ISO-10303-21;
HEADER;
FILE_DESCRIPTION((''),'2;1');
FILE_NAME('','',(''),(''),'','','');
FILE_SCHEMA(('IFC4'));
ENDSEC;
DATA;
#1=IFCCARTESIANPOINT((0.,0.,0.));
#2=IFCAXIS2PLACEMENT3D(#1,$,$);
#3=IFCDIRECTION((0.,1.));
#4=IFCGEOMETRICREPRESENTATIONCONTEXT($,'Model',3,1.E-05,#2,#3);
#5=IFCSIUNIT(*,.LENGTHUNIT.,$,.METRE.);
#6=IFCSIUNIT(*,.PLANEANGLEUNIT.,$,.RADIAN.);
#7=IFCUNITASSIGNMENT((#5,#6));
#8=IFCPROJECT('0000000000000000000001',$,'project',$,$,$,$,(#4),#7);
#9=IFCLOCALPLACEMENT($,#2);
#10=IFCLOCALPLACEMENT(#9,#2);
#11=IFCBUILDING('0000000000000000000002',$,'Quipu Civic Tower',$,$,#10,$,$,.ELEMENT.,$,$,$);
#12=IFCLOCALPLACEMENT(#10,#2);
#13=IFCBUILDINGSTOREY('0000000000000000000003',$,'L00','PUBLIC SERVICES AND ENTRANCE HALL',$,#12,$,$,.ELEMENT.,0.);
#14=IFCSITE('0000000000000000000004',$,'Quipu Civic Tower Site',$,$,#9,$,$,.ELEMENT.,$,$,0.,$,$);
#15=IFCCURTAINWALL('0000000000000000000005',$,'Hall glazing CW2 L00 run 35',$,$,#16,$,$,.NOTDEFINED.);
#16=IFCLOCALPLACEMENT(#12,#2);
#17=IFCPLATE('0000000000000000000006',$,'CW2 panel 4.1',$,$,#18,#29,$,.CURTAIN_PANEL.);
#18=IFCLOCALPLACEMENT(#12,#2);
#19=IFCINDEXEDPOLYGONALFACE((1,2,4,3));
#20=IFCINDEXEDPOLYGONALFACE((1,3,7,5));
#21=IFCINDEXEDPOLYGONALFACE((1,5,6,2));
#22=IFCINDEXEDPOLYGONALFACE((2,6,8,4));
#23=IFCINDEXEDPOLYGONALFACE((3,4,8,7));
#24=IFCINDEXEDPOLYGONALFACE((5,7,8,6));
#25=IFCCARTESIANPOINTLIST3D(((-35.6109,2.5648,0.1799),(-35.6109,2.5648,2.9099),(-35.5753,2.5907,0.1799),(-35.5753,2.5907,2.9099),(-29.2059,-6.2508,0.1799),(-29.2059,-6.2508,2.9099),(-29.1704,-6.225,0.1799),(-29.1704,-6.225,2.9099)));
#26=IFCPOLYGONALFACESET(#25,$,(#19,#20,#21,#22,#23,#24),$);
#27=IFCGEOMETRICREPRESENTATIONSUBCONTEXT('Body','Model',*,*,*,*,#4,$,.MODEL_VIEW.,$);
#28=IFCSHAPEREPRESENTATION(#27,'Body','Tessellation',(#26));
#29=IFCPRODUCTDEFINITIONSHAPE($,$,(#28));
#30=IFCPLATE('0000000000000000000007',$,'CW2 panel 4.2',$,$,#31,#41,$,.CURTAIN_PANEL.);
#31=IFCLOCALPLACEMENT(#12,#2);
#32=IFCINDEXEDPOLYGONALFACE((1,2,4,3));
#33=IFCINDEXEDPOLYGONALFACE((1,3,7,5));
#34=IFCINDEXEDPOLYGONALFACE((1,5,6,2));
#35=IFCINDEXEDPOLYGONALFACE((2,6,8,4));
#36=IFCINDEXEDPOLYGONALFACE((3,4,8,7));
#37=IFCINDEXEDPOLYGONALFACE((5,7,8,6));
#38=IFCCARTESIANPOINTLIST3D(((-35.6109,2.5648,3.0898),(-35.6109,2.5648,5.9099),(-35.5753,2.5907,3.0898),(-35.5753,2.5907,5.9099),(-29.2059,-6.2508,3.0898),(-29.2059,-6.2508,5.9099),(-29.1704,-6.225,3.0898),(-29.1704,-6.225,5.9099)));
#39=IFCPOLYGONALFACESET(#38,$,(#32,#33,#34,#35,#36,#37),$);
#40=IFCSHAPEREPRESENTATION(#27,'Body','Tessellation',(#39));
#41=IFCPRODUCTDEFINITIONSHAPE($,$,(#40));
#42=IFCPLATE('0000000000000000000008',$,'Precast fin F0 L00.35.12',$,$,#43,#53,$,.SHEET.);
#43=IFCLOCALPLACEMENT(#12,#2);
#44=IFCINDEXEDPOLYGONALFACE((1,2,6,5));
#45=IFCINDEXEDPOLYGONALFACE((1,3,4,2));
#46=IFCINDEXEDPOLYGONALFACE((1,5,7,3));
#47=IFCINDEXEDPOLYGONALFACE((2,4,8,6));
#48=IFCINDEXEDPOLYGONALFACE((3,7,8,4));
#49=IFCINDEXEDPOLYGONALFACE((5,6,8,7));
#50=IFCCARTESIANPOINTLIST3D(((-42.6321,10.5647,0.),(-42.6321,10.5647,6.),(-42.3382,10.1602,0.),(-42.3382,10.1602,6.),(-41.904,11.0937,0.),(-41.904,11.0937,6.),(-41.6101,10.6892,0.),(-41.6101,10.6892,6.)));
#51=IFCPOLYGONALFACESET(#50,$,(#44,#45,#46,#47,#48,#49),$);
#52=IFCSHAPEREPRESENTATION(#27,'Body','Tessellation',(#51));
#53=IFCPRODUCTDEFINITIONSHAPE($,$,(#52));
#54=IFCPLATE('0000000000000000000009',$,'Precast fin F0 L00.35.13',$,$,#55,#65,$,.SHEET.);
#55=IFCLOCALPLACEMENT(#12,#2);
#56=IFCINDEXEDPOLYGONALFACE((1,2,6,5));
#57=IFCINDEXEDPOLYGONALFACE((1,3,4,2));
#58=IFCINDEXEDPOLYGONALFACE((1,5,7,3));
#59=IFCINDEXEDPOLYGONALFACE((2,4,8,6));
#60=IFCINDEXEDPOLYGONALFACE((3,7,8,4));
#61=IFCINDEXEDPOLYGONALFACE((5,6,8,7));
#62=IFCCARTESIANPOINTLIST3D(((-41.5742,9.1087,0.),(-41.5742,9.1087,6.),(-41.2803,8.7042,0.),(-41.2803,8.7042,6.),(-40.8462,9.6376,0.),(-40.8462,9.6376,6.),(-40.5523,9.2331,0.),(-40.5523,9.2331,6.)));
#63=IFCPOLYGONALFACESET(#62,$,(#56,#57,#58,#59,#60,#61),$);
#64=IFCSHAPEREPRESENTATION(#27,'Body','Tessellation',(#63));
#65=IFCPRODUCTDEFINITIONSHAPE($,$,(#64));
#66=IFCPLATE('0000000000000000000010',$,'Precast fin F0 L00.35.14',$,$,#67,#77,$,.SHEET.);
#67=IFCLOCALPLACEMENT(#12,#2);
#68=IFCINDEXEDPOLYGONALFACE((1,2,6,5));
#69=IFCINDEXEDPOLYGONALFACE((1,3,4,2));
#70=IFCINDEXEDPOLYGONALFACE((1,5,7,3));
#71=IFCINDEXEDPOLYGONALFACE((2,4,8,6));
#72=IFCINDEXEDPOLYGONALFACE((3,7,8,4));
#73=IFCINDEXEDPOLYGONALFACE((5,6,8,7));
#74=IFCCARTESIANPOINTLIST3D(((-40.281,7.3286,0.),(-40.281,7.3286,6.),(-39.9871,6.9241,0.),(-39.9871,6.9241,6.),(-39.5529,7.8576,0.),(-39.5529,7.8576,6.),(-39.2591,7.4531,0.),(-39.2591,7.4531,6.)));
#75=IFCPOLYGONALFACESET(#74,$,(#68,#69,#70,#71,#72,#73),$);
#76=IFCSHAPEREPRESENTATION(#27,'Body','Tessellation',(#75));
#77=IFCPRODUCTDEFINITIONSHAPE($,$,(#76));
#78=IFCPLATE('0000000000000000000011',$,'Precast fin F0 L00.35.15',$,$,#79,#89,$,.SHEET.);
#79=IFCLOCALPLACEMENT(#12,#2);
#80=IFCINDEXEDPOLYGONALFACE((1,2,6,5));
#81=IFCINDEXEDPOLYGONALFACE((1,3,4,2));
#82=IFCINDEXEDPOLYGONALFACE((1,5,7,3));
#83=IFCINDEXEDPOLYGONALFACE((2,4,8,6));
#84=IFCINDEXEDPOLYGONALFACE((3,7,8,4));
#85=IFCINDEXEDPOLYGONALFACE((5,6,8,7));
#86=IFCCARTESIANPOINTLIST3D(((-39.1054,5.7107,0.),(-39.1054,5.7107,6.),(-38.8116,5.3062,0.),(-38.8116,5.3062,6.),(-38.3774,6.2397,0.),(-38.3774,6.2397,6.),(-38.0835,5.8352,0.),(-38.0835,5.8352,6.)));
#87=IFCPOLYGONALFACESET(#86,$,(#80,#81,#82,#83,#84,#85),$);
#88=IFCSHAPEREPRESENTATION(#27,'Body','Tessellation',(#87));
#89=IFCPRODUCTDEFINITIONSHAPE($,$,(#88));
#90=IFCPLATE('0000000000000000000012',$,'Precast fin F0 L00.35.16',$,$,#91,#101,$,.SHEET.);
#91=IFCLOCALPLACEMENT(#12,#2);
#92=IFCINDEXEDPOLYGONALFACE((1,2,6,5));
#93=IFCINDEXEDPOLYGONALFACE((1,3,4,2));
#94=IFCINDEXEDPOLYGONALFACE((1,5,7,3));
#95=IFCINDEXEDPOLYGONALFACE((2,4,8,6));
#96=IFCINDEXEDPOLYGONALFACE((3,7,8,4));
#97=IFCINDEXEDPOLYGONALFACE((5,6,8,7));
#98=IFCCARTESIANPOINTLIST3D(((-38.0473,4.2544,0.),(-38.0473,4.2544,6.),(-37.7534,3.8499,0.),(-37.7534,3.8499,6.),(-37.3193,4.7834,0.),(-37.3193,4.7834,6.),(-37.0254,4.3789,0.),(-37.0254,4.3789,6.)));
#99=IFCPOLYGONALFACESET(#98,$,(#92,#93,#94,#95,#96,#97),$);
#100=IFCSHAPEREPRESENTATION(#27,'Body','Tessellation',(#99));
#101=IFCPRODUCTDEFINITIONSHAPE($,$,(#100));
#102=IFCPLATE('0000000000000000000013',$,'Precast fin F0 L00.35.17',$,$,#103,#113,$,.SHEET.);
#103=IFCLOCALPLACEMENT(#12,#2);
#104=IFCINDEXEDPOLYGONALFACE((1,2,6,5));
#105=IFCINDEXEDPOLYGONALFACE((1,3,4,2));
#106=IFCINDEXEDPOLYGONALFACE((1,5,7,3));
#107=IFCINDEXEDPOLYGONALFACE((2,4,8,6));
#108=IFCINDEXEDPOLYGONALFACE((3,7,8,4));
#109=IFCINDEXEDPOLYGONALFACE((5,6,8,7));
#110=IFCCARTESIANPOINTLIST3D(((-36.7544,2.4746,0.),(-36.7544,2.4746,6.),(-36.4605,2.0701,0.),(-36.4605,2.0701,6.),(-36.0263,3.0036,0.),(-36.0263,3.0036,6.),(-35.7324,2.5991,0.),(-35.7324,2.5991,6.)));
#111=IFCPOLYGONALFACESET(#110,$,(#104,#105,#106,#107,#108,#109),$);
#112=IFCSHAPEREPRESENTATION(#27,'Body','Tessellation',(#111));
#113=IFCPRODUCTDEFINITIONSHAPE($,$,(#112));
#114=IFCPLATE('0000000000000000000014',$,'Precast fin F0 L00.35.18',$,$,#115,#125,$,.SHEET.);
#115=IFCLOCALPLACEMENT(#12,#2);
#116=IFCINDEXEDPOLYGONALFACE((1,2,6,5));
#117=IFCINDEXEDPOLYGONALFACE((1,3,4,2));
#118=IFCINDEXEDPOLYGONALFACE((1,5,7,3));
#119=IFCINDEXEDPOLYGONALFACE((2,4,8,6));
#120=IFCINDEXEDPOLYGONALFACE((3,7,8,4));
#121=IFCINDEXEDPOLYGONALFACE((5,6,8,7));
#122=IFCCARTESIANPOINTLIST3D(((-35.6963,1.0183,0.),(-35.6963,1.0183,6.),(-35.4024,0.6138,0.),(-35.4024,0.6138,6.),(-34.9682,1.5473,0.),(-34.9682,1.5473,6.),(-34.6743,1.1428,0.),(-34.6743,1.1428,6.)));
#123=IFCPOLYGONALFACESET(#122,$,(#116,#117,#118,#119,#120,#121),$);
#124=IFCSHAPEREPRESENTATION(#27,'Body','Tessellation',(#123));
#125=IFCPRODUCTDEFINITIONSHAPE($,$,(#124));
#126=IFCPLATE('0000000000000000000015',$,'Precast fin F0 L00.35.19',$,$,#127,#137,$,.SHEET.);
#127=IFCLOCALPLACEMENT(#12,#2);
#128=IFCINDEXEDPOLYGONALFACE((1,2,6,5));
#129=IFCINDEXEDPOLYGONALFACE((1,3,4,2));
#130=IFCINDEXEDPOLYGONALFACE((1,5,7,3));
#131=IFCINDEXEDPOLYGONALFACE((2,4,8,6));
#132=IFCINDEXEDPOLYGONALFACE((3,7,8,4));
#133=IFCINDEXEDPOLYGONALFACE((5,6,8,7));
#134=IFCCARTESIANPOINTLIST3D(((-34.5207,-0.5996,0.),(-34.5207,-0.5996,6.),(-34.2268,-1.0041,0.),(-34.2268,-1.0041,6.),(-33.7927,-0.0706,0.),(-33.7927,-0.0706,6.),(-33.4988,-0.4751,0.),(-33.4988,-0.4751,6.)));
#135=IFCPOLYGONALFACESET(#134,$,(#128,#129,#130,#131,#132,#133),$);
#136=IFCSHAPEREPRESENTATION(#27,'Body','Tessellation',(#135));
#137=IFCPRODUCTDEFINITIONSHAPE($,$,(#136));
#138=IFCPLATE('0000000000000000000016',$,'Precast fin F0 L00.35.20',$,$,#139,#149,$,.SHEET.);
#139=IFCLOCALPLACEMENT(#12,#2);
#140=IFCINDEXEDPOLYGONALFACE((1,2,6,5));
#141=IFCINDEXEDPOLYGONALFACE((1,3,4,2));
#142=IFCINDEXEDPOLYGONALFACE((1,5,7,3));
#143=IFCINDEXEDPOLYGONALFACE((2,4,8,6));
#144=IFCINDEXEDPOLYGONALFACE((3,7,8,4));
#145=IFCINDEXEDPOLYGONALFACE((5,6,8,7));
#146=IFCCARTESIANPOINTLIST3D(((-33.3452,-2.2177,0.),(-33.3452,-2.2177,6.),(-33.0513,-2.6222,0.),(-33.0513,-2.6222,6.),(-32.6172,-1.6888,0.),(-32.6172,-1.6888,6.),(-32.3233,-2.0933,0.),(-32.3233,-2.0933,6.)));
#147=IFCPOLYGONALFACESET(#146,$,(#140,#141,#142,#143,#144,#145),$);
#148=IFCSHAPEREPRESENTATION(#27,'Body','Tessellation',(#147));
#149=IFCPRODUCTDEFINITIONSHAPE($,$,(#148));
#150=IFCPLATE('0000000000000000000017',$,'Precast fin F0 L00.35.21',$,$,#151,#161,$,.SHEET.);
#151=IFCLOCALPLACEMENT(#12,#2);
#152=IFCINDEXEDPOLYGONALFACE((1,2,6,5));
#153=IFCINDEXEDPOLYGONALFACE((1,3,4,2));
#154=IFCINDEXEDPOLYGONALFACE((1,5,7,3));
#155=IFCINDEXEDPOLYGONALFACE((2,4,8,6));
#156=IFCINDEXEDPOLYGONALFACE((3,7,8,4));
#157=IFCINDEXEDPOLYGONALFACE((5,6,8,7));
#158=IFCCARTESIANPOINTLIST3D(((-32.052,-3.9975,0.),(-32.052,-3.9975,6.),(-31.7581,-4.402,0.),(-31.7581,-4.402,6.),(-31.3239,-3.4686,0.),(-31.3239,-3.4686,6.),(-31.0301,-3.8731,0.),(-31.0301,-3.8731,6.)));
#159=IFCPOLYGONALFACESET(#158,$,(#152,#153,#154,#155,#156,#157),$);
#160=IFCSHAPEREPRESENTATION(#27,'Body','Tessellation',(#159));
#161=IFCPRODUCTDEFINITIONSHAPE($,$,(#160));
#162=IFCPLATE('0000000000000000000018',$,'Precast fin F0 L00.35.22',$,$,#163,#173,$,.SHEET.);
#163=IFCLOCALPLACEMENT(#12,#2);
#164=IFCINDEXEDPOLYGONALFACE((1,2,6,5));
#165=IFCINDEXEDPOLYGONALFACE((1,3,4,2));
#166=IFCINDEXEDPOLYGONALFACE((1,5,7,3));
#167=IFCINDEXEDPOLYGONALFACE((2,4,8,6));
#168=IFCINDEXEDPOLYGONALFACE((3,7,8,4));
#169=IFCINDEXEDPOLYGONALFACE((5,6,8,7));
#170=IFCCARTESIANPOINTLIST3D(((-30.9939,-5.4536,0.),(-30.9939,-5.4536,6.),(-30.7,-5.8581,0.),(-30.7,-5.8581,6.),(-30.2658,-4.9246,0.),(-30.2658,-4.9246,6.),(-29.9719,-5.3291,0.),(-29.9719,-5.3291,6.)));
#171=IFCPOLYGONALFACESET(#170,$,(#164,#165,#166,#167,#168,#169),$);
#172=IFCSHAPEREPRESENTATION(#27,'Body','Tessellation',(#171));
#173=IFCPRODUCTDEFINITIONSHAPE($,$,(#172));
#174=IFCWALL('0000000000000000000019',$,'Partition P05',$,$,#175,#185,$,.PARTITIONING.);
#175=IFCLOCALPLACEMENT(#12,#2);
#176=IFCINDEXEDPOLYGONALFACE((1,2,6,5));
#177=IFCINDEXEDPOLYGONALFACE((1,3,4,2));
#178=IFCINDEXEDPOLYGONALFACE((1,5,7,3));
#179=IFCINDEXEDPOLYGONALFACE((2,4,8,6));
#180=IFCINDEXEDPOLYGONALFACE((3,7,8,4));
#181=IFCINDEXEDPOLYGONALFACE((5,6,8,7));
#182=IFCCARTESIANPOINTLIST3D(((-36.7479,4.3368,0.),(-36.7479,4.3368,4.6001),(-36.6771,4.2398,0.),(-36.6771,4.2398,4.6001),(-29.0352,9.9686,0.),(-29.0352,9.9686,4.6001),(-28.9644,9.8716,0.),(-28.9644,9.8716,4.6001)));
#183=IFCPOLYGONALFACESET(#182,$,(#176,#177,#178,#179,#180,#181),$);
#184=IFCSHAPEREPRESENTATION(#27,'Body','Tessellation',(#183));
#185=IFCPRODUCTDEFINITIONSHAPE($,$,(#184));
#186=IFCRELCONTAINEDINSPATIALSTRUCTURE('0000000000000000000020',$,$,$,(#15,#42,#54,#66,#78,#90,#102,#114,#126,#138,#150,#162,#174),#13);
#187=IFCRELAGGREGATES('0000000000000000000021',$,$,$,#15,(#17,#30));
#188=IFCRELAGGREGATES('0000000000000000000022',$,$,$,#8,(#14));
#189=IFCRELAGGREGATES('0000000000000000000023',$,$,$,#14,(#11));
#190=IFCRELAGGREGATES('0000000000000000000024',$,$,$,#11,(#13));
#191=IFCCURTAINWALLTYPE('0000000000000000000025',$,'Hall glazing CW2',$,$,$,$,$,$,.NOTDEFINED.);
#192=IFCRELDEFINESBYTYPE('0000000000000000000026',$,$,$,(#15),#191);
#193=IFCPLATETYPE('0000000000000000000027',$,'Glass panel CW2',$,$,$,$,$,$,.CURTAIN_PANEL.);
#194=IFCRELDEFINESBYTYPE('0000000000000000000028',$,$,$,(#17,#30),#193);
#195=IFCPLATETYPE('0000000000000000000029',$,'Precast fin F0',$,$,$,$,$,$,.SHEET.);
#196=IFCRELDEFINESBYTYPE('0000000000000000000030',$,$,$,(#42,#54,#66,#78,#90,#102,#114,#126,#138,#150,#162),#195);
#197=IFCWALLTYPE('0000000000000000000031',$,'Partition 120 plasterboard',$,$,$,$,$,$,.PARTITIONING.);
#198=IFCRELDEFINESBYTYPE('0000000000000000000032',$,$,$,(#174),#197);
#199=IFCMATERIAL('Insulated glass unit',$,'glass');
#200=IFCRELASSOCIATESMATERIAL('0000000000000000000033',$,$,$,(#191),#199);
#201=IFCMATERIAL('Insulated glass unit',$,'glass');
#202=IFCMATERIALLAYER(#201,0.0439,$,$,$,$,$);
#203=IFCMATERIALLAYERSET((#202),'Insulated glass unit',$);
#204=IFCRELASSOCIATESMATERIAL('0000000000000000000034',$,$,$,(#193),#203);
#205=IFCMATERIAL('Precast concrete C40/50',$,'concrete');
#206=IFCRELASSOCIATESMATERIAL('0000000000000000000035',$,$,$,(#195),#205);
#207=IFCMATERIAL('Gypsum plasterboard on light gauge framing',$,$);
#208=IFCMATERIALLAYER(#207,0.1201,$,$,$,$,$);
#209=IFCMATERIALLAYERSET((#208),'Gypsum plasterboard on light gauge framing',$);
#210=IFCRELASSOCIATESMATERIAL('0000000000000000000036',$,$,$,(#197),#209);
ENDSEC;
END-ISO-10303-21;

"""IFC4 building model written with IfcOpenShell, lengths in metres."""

from ifc_helpers import new_model, si_unit, direction, frame, frame_2d, origin, origin_2d, place, context, subcontext, project, spatial, rectangle, extrude, material, layer, layer_set, type_object, element, aggregate, save


model = new_model("IFC4")

# Units and contexts
model_context = context("Model", 3, precision=1e-05, world=origin(), true_north=direction((0.0, 1.0)))
body_context = subcontext(model_context, "Body", "Model", "MODEL_VIEW")
ifc_project = project(units=[si_unit("LENGTHUNIT", "METRE"), si_unit("PLANEANGLEUNIT", "RADIAN")], contexts=[model_context])

# Site, building, storey
site_placement = place(None, origin())
site = spatial("IfcSite", under=ifc_project, at=site_placement, Name="Quipu Civic Tower Site", CompositionType="ELEMENT", RefElevation=0.0)
building_placement = place(site_placement, origin())
building = spatial("IfcBuilding", under=site, at=building_placement, Name="Quipu Civic Tower", CompositionType="ELEMENT")
storey_placement = place(building_placement, origin())
storey = spatial("IfcBuildingStorey", under=building, at=storey_placement, Name="L00", Description="PUBLIC SERVICES AND ENTRANCE HALL", CompositionType="ELEMENT", Elevation=0.0)

# Curtain wall
ifc_material_1 = material(Name="Insulated glass unit", Category="glass")
curtain_wall_type = type_object("IfcCurtainWallType", Name="Hall glazing CW2", PredefinedType="NOTDEFINED", material=ifc_material_1)
curtain_wall_placement = place(storey_placement, origin())
curtain_wall = element("IfcCurtainWall", 1, at=curtain_wall_placement, inside=storey, type_object=curtain_wall_type, Name="Hall glazing CW2 L00 run 35", PredefinedType="NOTDEFINED")

# Plates
ifc_material_2 = material(Name="Insulated glass unit", Category="glass")
ifc_layer_1 = layer(ifc_material_2, 0.0439)
ifc_layer_set_1 = layer_set([ifc_layer_1], Name="Insulated glass unit")
plate_type_1 = type_object("IfcPlateType", Name="Glass panel CW2", PredefinedType="CURTAIN_PANEL", material=ifc_layer_set_1)
plate_1_placement = place(storey_placement, frame((-32.3906, -1.8301, 0.1799), z_axis=(0.0, 0.0, 1.0), x_axis=(0.587784, -0.809018, 0.0)))
plate_1 = element("IfcPlate", 2, at=plate_1_placement, type_object=plate_type_1, Name="CW2 panel 4.1", PredefinedType="CURTAIN_PANEL", context=body_context, shape_type="SweptSolid", body=[
    extrude(rectangle(XDim=10.8967, YDim=0.0439, at=origin_2d()), origin(), (0.0, 0.0, 1.0), 2.73),
])
plate_2_placement = place(storey_placement, frame((-32.3906, -1.8301, 3.0898), z_axis=(0.0, 0.0, 1.0), x_axis=(0.587784, -0.809018, 0.0)))
plate_2 = element("IfcPlate", 3, at=plate_2_placement, type_object=plate_type_1, Name="CW2 panel 4.2", PredefinedType="CURTAIN_PANEL", context=body_context, shape_type="SweptSolid", body=[
    extrude(rectangle(XDim=10.8967, YDim=0.0439, at=origin_2d()), origin(), (0.0, 0.0, 1.0), 2.8201),
])
aggregate(curtain_wall, [plate_1, plate_2])

# Plates
ifc_material_3 = material(Name="Precast concrete C40/50", Category="concrete")
plate_type_2 = type_object("IfcPlateType", Name="Precast fin F0", PredefinedType="SHEET", material=ifc_material_3)
for number, where, z_axis, x_axis, name in (
    (4, (-42.1211, 10.627, 0.0), (0.0, 0.0, 1.0), (0.587786, -0.809017, 0.0), "Precast fin F0 L00.35.12"),
    (5, (-41.0632, 9.1709, 0.0), (0.0, 0.0, 1.0), (0.587786, -0.809017, 0.0), "Precast fin F0 L00.35.13"),
    (6, (-39.77, 7.3909, 0.0), (0.0, 0.0, 1.0), (0.587786, -0.809017, 0.0), "Precast fin F0 L00.35.14"),
    (7, (-38.5945, 5.7729, 0.0), (0.0, 0.0, 1.0), (0.587786, -0.809017, 0.0), "Precast fin F0 L00.35.15"),
    (8, (-37.5364, 4.3167, 0.0), (0.0, 0.0, 1.0), (0.587786, -0.809017, 0.0), "Precast fin F0 L00.35.16"),
    (9, (-36.2434, 2.5369, 0.0), (0.0, 0.0, 1.0), (0.587786, -0.809017, 0.0), "Precast fin F0 L00.35.17"),
    (10, (-35.1853, 1.0806, 0.0), (0.0, 0.0, 1.0), (0.587786, -0.809017, 0.0), "Precast fin F0 L00.35.18"),
    (11, (-34.0098, -0.5374, 0.0), (0.0, 0.0, 1.0), (0.587786, -0.809017, 0.0), "Precast fin F0 L00.35.19"),
    (12, (-32.8342, -2.1555, 0.0), (0.0, 0.0, 1.0), (0.587786, -0.809017, 0.0), "Precast fin F0 L00.35.20"),
    (13, (-31.541, -3.9353, 0.0), (0.0, 0.0, 1.0), (0.587786, -0.809017, 0.0), "Precast fin F0 L00.35.21"),
    (14, (-30.4829, -5.3914, 0.0), (0.0, 0.0, 1.0), (0.587786, -0.809017, 0.0), "Precast fin F0 L00.35.22"),
):
    element("IfcPlate", number, at=place(storey_placement, frame(where, z_axis=z_axis, x_axis=x_axis)), inside=storey, type_object=plate_type_2, Name=name, PredefinedType="SHEET", context=body_context, shape_type="SweptSolid", body=[
        extrude(rectangle(XDim=0.5, YDim=0.8999, at=origin_2d()), origin(), (0.0, 0.0, 1.0), 6.0),
    ])

# Wall
ifc_material_4 = material(Name="Gypsum plasterboard on light gauge framing")
ifc_layer_2 = layer(ifc_material_4, 0.1201)
ifc_layer_set_2 = layer_set([ifc_layer_2], Name="Gypsum plasterboard on light gauge framing")
wall_type = type_object("IfcWallType", Name="Partition 120 plasterboard", PredefinedType="PARTITIONING", material=ifc_layer_set_2)
wall_placement = place(storey_placement, frame((-36.7124, 4.2883, 0.0), z_axis=(0.0, 0.0, 1.0), x_axis=(0.807607, 0.589721, 0.0)))
element("IfcWall", 15, at=wall_placement, inside=storey, type_object=wall_type, Name="Partition P05", PredefinedType="PARTITIONING", context=body_context, shape_type="SweptSolid", body=[
    extrude(rectangle(XDim=9.55, YDim=0.1201, at=frame_2d((4.7749, 0.0))), origin(), (0.0, 0.0, 1.0), 4.6001),
])

save(model, "model.ifc")
